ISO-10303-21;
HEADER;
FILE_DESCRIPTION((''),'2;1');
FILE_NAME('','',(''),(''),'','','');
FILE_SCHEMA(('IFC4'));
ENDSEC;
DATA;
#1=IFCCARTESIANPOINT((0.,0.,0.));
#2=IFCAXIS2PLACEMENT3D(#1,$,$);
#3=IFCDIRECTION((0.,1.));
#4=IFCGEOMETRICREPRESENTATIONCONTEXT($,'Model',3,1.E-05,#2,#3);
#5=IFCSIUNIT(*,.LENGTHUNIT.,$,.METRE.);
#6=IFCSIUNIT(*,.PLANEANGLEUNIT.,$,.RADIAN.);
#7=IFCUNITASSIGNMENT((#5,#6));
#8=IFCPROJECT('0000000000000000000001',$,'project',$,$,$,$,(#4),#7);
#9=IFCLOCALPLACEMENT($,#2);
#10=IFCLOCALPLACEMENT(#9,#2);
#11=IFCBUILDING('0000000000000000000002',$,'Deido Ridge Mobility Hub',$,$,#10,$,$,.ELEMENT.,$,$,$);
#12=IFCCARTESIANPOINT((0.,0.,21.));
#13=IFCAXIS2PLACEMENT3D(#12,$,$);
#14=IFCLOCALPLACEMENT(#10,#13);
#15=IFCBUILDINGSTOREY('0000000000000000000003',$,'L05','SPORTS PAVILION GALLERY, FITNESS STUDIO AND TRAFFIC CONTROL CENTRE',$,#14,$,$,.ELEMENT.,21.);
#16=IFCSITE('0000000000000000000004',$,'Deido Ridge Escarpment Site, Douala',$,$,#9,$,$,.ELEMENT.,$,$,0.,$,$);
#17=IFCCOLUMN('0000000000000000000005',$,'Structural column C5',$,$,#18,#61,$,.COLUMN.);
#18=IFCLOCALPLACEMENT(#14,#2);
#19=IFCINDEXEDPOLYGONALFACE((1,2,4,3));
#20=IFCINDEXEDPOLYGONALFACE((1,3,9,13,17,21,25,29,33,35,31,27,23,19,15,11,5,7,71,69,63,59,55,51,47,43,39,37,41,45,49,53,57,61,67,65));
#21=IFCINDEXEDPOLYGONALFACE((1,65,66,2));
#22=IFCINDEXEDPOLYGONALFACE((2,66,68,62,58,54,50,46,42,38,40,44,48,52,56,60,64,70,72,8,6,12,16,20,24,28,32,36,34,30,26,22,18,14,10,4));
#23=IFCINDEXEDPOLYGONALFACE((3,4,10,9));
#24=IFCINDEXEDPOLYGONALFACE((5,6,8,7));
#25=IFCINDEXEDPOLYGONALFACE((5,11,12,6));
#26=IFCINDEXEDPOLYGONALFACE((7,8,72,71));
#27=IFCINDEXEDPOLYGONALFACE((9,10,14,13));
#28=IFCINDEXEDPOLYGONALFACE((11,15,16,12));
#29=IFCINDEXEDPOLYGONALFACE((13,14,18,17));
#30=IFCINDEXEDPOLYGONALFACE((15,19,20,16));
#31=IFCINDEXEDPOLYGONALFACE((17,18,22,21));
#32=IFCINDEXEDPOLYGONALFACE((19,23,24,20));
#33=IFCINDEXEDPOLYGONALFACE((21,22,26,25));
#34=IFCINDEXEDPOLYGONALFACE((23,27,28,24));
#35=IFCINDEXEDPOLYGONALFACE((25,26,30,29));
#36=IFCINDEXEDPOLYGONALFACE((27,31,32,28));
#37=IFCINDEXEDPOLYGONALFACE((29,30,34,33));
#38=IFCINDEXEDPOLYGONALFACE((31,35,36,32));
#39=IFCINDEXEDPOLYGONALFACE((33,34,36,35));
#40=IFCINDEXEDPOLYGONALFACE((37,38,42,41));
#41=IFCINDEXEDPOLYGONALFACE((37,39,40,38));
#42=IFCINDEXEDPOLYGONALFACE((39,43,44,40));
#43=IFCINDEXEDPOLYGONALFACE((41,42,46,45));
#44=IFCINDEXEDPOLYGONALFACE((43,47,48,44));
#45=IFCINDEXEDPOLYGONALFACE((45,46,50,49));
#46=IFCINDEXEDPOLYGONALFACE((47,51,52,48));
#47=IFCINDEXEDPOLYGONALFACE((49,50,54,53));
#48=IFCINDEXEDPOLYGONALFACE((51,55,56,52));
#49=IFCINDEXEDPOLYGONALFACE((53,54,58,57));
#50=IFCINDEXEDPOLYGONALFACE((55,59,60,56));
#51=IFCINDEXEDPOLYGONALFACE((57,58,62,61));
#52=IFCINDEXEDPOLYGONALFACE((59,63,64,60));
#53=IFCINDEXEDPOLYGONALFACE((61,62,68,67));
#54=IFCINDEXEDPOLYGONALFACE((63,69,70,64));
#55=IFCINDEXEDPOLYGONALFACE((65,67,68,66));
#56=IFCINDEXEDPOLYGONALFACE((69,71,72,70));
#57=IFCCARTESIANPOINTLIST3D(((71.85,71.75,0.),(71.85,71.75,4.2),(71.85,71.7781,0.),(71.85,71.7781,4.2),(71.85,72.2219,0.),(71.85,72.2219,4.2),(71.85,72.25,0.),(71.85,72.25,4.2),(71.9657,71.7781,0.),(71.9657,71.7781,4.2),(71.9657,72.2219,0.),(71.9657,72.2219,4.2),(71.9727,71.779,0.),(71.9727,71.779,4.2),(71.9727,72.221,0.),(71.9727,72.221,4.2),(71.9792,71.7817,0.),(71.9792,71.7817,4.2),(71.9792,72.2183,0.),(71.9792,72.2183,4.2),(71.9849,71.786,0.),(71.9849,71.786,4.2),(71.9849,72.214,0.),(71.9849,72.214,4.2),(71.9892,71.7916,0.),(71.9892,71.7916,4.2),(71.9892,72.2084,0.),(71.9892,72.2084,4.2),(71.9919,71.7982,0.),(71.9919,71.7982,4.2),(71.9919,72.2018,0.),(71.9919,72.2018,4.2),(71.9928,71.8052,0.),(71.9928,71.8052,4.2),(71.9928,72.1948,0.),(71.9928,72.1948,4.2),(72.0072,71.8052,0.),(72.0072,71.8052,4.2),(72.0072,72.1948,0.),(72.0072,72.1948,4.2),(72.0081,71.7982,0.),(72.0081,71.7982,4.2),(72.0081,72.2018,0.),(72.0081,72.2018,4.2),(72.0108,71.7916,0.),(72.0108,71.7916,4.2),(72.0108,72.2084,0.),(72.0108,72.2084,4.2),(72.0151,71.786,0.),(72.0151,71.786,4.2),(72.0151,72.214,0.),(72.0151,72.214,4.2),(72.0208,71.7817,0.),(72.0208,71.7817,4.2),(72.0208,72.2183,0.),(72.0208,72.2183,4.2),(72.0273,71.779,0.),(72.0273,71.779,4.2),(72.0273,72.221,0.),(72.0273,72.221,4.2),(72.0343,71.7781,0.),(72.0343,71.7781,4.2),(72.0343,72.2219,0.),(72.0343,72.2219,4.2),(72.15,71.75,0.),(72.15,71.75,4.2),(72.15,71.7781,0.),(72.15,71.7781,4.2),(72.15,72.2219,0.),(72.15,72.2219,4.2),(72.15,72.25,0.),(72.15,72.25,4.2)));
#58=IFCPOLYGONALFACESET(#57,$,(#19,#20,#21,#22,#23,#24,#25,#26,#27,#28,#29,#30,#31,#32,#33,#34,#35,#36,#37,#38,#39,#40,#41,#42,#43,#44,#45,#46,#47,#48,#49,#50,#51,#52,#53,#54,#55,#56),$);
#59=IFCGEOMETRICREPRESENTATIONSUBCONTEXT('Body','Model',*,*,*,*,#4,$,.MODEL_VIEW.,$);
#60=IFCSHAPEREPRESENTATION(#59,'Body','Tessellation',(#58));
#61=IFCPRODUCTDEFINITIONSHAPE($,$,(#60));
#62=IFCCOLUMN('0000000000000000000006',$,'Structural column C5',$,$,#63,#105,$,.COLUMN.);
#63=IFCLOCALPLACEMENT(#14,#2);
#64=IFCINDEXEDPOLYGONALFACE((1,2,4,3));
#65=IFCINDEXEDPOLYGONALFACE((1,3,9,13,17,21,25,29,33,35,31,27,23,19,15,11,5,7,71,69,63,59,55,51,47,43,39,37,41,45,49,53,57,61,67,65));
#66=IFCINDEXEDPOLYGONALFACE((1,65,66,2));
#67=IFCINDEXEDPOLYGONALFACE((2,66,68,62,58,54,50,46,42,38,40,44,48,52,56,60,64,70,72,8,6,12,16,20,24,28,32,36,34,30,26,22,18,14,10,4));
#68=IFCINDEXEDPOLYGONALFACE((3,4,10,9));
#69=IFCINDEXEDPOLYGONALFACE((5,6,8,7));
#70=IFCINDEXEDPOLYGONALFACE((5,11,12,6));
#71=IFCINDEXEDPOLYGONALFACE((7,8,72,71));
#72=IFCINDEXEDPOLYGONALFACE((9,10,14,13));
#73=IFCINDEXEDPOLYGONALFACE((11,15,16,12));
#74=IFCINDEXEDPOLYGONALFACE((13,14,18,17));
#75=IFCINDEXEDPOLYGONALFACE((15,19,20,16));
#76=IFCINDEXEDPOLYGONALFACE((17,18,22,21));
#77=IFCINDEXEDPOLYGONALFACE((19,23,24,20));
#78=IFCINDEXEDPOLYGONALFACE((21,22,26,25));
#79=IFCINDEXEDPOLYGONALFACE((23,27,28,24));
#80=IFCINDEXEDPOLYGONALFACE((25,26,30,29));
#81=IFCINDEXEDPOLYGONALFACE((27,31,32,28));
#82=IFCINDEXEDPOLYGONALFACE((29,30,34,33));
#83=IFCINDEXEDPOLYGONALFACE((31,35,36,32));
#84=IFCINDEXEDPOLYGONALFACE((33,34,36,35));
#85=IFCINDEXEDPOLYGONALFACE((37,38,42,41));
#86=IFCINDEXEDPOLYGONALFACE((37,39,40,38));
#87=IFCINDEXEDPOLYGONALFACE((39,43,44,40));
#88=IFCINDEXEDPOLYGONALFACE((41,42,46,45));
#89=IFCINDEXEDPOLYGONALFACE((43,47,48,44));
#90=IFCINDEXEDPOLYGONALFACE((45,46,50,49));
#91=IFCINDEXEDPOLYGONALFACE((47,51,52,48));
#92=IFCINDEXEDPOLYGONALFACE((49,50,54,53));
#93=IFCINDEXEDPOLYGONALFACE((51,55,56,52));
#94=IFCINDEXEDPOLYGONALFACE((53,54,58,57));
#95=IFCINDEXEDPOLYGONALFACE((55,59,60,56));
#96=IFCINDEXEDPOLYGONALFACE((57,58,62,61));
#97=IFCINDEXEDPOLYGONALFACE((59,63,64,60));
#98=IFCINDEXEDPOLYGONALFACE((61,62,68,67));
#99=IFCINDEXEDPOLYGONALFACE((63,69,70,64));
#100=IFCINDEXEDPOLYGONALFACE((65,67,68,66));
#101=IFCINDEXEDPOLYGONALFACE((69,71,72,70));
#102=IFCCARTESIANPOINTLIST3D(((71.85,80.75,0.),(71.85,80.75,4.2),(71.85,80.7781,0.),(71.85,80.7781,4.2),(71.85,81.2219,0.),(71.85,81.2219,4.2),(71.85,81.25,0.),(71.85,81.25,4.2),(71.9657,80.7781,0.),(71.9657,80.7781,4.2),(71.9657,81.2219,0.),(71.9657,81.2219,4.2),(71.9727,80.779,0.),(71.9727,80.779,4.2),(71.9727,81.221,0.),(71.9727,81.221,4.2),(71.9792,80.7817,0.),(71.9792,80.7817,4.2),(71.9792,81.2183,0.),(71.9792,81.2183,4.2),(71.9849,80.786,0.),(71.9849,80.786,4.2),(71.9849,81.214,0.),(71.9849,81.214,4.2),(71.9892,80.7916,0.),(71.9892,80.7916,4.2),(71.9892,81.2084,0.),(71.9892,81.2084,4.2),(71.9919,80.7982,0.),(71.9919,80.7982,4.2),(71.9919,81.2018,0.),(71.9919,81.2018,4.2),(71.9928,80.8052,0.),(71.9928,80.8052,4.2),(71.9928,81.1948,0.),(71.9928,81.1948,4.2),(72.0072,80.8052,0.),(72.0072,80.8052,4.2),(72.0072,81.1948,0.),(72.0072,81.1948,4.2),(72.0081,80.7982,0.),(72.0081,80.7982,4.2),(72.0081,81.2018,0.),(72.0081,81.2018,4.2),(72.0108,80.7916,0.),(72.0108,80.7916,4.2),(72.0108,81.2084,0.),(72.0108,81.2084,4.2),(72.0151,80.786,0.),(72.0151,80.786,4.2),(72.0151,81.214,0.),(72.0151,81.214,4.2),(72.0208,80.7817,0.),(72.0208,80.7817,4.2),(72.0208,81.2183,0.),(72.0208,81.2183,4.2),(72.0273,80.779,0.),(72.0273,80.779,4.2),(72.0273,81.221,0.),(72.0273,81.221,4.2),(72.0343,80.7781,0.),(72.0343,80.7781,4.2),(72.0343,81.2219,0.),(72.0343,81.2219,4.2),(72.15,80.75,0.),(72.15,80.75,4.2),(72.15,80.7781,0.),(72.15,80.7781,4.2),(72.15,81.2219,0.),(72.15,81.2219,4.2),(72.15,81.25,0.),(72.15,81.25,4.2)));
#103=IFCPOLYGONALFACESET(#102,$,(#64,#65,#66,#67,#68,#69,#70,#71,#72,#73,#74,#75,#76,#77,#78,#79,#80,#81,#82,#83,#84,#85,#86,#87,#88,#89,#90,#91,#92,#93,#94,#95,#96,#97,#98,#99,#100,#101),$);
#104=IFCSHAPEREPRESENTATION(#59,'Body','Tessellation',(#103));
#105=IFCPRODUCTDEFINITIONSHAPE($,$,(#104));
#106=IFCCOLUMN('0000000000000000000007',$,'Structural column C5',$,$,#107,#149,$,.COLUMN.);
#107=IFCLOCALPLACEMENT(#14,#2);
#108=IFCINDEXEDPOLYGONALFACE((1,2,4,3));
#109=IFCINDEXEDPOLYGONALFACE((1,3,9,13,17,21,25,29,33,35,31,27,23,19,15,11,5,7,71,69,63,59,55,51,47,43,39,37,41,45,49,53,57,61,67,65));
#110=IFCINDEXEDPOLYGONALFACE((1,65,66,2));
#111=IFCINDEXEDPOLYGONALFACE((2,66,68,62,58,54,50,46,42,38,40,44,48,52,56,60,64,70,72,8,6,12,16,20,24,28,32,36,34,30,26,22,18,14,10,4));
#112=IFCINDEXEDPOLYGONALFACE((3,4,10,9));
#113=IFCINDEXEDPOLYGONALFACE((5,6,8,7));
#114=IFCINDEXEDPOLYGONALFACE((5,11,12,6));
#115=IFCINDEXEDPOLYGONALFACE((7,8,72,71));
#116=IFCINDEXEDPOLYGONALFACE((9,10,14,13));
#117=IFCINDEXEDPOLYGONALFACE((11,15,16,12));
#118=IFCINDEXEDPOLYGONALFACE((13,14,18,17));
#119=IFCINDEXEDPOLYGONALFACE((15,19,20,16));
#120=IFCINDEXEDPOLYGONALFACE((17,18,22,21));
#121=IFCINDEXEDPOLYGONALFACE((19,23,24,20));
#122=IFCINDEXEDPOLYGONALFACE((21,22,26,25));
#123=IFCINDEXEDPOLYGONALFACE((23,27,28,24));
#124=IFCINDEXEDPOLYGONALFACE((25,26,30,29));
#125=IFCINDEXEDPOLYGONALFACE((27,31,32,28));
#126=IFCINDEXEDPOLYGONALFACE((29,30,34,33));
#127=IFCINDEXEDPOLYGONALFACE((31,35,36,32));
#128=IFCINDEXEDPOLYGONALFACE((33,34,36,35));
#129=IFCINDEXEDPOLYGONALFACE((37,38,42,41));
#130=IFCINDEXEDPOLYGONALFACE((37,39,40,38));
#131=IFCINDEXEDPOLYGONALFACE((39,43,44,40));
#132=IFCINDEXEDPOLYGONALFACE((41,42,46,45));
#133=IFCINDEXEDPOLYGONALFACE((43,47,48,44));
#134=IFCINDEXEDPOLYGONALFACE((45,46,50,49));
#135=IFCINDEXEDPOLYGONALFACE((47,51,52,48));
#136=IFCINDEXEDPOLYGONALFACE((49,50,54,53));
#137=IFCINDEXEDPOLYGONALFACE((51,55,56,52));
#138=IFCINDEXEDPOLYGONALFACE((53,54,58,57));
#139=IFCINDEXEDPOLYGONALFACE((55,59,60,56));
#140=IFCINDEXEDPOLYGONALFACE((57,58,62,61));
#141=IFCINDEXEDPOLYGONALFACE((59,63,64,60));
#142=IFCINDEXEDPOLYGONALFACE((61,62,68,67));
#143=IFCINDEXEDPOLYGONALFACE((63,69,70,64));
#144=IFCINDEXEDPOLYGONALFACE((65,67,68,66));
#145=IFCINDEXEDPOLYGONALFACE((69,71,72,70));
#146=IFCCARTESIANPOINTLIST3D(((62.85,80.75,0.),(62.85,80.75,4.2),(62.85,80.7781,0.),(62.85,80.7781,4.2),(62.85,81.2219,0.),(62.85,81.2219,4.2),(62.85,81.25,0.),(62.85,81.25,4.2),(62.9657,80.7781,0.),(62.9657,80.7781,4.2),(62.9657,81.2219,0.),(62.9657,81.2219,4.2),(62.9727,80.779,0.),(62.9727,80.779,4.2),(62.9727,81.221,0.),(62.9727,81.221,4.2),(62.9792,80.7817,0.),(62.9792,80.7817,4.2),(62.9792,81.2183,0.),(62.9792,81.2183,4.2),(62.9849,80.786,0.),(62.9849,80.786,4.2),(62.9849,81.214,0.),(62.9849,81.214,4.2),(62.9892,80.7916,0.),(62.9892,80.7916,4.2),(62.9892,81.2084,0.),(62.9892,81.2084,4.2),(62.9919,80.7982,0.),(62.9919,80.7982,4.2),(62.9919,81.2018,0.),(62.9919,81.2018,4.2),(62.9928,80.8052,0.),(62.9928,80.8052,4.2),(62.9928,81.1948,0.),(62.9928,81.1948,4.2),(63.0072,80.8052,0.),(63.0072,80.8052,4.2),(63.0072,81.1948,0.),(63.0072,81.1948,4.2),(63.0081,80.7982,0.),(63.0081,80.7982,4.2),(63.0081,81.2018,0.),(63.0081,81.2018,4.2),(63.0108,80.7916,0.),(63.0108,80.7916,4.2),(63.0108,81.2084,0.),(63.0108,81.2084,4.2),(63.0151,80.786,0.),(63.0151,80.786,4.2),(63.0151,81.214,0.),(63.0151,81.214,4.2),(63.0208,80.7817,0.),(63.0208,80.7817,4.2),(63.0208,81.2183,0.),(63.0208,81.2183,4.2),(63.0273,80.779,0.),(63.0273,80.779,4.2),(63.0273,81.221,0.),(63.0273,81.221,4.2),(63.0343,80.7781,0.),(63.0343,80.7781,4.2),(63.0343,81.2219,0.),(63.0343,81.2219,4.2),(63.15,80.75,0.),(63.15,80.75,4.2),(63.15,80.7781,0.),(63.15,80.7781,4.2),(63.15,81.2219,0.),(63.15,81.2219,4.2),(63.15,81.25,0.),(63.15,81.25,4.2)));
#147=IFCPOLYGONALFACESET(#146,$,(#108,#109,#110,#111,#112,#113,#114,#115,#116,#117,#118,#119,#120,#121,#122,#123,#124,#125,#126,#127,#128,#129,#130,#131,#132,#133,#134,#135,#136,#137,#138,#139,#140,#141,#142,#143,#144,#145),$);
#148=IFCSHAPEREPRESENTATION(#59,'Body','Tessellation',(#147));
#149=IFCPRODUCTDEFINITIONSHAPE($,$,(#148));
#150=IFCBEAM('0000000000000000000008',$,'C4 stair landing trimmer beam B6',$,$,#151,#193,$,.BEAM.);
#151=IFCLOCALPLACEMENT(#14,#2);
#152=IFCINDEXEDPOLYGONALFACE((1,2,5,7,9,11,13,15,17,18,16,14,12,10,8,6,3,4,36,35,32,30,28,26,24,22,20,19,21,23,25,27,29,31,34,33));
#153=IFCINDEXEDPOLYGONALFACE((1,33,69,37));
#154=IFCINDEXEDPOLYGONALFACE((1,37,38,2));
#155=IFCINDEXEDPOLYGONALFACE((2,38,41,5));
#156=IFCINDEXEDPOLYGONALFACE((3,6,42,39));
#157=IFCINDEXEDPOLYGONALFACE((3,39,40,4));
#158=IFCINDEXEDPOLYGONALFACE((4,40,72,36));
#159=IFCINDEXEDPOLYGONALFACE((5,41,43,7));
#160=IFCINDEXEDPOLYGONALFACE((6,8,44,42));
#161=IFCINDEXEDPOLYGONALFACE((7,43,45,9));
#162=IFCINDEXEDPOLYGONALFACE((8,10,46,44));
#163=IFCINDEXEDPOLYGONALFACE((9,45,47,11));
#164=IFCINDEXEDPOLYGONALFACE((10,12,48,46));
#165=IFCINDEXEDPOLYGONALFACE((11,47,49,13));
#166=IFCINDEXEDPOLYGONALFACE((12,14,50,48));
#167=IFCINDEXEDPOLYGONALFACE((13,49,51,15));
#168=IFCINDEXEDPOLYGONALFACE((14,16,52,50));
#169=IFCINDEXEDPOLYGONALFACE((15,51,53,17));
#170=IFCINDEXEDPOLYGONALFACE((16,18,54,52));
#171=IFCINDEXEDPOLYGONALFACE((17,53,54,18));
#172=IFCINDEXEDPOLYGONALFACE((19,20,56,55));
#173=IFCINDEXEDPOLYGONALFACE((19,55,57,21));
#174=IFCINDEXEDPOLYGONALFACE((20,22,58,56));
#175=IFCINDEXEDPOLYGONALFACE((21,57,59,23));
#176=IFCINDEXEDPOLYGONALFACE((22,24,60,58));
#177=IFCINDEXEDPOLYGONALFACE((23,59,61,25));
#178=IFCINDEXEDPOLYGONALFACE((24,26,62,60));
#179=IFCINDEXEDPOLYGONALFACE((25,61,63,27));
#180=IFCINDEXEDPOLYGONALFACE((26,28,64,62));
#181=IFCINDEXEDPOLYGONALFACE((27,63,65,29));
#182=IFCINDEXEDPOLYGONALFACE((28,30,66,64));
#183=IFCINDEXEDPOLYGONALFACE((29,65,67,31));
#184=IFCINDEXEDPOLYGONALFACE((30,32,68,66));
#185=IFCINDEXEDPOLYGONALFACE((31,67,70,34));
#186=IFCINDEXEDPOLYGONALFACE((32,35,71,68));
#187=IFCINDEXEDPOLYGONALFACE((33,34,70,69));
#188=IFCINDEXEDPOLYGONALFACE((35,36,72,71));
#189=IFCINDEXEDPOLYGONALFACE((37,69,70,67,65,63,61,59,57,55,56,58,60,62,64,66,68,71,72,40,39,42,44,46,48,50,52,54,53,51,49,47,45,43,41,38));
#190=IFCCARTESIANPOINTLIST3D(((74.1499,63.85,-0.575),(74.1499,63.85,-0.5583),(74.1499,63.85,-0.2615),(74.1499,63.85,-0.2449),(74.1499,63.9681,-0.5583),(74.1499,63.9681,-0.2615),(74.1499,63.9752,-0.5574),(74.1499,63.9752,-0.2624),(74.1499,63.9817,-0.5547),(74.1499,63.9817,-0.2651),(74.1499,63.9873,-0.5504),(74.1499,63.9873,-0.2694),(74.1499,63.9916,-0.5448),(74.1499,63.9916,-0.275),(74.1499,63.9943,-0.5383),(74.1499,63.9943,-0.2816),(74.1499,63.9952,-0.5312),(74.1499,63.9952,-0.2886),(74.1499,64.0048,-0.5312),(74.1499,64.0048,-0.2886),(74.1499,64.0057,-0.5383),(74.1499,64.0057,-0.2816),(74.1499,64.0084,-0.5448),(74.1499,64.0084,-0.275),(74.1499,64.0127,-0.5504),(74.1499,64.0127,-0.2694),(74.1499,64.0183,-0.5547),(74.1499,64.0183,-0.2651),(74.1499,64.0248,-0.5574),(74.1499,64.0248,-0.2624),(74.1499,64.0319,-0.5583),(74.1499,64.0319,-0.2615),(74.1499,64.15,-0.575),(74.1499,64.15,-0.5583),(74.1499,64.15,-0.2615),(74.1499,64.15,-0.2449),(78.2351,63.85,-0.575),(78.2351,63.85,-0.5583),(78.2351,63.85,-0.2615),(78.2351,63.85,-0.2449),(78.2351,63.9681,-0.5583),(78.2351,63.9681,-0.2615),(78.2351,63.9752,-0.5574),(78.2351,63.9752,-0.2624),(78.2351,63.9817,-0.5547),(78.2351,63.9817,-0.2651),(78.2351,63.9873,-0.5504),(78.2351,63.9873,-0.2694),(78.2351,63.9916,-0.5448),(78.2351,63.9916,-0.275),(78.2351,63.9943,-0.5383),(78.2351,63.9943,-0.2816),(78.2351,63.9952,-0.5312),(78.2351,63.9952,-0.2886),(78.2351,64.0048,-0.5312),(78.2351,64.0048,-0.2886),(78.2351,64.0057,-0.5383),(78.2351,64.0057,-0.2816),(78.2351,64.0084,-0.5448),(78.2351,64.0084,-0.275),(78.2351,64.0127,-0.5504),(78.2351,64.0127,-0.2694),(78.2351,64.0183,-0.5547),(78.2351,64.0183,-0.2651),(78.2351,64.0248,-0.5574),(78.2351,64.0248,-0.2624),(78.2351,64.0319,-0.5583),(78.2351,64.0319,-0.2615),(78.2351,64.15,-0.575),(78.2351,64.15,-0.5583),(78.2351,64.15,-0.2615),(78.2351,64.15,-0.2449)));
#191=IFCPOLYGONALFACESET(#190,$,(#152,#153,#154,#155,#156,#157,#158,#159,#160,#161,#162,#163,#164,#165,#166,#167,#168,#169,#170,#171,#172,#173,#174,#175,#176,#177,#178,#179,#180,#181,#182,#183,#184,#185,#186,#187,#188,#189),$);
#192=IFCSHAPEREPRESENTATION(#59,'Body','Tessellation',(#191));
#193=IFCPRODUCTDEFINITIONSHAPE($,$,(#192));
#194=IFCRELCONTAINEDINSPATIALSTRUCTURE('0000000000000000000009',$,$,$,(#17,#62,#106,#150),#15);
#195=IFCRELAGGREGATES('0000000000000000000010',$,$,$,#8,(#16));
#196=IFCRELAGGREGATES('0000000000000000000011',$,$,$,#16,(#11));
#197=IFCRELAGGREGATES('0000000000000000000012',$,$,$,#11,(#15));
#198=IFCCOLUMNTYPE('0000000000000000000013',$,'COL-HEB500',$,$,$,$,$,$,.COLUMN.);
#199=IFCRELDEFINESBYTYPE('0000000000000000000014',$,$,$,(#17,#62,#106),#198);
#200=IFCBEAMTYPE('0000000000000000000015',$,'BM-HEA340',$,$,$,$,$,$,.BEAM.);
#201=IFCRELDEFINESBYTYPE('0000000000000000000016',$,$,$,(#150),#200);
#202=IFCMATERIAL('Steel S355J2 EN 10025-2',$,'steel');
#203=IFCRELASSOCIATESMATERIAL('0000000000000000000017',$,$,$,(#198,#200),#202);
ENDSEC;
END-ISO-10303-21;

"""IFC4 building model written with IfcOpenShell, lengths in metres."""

from ifc_helpers import new_model, si_unit, direction, frame, origin, origin_2d, place, context, subcontext, project, spatial, i_section, extrude, material, material_profile, profile_set, type_object, element, save


model = new_model("IFC4")

# Units and contexts
model_context = context("Model", 3, precision=1e-05, world=origin(), true_north=direction((0.0, 1.0)))
body_context = subcontext(model_context, "Body", "Model", "MODEL_VIEW")
ifc_project = project(units=[si_unit("LENGTHUNIT", "METRE"), si_unit("PLANEANGLEUNIT", "RADIAN")], contexts=[model_context])

# Site, building, storey
site_placement = place(None, origin())
site = spatial("IfcSite", under=ifc_project, at=site_placement, Name="Deido Ridge Escarpment Site, Douala", CompositionType="ELEMENT", RefElevation=0.0)
building_placement = place(site_placement, origin())
building = spatial("IfcBuilding", under=site, at=building_placement, Name="Deido Ridge Mobility Hub", CompositionType="ELEMENT")
storey_placement = place(building_placement, frame((0.0, 0.0, 21.0)))
storey = spatial("IfcBuildingStorey", under=building, at=storey_placement, Name="L05", Description="SPORTS PAVILION GALLERY, FITNESS STUDIO AND TRAFFIC CONTROL CENTRE", CompositionType="ELEMENT", Elevation=21.0)

# Columns
ifc_material_1 = material(Name="Steel S355J2 EN 10025-2", Category="steel")
ifc_material_profile_1 = material_profile(ifc_material_1, i_section(OverallWidth=0.3, OverallDepth=0.5, WebThickness=0.0144, FlangeThickness=0.0281, FilletRadius=0.0271, at=origin_2d()), Name="HEB 500")
ifc_profile_set_1 = profile_set([ifc_material_profile_1], Name="Steel S355J2 EN 10025-2")
column_type = type_object("IfcColumnType", Name="COL-HEB500", PredefinedType="COLUMN", material=ifc_profile_set_1)
for number, where, z_axis, x_axis, name in (
    (1, (72.0, 72.0, 0.0), (0.0, 0.0, 1.0), (1.0, 0.0, 0.0), "Structural column C5"),
    (2, (72.0, 81.0, 0.0), (0.0, 0.0, 1.0), (1.0, 0.0, 0.0), "Structural column C5"),
    (3, (63.0, 81.0, 0.0), (0.0, 0.0, 1.0), (1.0, 0.0, 0.0), "Structural column C5"),
):
    element("IfcColumn", number, at=place(storey_placement, frame(where, z_axis=z_axis, x_axis=x_axis)), inside=storey, type_object=column_type, Name=name, PredefinedType="COLUMN", context=body_context, shape_type="SweptSolid", body=[
        extrude(i_section(OverallWidth=0.3, OverallDepth=0.5, WebThickness=0.0144, FlangeThickness=0.0281, FilletRadius=0.0271, at=origin_2d()), origin(), (0.0, 0.0, 1.0), 4.2),
    ])

# Beam
ifc_material_profile_2 = material_profile(ifc_material_1, i_section(OverallWidth=0.3, OverallDepth=0.3301, WebThickness=0.0095, FlangeThickness=0.0166, FilletRadius=0.0271, at=origin_2d()), Name="HEA 340")
ifc_profile_set_2 = profile_set([ifc_material_profile_2], Name="Steel S355J2 EN 10025-2")
beam_type_1 = type_object("IfcBeamType", Name="BM-HEA340", PredefinedType="BEAM", material=ifc_profile_set_2)
beam_1_placement = place(storey_placement, frame((74.1499, 64.0, -0.4099), z_axis=(1.0, 0.0, 0.0), x_axis=(0.0, 1.0, 0.0)))
element("IfcBeam", 4, at=beam_1_placement, inside=storey, type_object=beam_type_1, Name="C4 stair landing trimmer beam B6", PredefinedType="BEAM", context=body_context, shape_type="SweptSolid", body=[
    extrude(i_section(OverallWidth=0.3, OverallDepth=0.3301, WebThickness=0.0095, FlangeThickness=0.0166, FilletRadius=0.0271, at=origin_2d()), origin(), (0.0, 0.0, 1.0), 4.0852),
])

save(model, "model.ifc")
